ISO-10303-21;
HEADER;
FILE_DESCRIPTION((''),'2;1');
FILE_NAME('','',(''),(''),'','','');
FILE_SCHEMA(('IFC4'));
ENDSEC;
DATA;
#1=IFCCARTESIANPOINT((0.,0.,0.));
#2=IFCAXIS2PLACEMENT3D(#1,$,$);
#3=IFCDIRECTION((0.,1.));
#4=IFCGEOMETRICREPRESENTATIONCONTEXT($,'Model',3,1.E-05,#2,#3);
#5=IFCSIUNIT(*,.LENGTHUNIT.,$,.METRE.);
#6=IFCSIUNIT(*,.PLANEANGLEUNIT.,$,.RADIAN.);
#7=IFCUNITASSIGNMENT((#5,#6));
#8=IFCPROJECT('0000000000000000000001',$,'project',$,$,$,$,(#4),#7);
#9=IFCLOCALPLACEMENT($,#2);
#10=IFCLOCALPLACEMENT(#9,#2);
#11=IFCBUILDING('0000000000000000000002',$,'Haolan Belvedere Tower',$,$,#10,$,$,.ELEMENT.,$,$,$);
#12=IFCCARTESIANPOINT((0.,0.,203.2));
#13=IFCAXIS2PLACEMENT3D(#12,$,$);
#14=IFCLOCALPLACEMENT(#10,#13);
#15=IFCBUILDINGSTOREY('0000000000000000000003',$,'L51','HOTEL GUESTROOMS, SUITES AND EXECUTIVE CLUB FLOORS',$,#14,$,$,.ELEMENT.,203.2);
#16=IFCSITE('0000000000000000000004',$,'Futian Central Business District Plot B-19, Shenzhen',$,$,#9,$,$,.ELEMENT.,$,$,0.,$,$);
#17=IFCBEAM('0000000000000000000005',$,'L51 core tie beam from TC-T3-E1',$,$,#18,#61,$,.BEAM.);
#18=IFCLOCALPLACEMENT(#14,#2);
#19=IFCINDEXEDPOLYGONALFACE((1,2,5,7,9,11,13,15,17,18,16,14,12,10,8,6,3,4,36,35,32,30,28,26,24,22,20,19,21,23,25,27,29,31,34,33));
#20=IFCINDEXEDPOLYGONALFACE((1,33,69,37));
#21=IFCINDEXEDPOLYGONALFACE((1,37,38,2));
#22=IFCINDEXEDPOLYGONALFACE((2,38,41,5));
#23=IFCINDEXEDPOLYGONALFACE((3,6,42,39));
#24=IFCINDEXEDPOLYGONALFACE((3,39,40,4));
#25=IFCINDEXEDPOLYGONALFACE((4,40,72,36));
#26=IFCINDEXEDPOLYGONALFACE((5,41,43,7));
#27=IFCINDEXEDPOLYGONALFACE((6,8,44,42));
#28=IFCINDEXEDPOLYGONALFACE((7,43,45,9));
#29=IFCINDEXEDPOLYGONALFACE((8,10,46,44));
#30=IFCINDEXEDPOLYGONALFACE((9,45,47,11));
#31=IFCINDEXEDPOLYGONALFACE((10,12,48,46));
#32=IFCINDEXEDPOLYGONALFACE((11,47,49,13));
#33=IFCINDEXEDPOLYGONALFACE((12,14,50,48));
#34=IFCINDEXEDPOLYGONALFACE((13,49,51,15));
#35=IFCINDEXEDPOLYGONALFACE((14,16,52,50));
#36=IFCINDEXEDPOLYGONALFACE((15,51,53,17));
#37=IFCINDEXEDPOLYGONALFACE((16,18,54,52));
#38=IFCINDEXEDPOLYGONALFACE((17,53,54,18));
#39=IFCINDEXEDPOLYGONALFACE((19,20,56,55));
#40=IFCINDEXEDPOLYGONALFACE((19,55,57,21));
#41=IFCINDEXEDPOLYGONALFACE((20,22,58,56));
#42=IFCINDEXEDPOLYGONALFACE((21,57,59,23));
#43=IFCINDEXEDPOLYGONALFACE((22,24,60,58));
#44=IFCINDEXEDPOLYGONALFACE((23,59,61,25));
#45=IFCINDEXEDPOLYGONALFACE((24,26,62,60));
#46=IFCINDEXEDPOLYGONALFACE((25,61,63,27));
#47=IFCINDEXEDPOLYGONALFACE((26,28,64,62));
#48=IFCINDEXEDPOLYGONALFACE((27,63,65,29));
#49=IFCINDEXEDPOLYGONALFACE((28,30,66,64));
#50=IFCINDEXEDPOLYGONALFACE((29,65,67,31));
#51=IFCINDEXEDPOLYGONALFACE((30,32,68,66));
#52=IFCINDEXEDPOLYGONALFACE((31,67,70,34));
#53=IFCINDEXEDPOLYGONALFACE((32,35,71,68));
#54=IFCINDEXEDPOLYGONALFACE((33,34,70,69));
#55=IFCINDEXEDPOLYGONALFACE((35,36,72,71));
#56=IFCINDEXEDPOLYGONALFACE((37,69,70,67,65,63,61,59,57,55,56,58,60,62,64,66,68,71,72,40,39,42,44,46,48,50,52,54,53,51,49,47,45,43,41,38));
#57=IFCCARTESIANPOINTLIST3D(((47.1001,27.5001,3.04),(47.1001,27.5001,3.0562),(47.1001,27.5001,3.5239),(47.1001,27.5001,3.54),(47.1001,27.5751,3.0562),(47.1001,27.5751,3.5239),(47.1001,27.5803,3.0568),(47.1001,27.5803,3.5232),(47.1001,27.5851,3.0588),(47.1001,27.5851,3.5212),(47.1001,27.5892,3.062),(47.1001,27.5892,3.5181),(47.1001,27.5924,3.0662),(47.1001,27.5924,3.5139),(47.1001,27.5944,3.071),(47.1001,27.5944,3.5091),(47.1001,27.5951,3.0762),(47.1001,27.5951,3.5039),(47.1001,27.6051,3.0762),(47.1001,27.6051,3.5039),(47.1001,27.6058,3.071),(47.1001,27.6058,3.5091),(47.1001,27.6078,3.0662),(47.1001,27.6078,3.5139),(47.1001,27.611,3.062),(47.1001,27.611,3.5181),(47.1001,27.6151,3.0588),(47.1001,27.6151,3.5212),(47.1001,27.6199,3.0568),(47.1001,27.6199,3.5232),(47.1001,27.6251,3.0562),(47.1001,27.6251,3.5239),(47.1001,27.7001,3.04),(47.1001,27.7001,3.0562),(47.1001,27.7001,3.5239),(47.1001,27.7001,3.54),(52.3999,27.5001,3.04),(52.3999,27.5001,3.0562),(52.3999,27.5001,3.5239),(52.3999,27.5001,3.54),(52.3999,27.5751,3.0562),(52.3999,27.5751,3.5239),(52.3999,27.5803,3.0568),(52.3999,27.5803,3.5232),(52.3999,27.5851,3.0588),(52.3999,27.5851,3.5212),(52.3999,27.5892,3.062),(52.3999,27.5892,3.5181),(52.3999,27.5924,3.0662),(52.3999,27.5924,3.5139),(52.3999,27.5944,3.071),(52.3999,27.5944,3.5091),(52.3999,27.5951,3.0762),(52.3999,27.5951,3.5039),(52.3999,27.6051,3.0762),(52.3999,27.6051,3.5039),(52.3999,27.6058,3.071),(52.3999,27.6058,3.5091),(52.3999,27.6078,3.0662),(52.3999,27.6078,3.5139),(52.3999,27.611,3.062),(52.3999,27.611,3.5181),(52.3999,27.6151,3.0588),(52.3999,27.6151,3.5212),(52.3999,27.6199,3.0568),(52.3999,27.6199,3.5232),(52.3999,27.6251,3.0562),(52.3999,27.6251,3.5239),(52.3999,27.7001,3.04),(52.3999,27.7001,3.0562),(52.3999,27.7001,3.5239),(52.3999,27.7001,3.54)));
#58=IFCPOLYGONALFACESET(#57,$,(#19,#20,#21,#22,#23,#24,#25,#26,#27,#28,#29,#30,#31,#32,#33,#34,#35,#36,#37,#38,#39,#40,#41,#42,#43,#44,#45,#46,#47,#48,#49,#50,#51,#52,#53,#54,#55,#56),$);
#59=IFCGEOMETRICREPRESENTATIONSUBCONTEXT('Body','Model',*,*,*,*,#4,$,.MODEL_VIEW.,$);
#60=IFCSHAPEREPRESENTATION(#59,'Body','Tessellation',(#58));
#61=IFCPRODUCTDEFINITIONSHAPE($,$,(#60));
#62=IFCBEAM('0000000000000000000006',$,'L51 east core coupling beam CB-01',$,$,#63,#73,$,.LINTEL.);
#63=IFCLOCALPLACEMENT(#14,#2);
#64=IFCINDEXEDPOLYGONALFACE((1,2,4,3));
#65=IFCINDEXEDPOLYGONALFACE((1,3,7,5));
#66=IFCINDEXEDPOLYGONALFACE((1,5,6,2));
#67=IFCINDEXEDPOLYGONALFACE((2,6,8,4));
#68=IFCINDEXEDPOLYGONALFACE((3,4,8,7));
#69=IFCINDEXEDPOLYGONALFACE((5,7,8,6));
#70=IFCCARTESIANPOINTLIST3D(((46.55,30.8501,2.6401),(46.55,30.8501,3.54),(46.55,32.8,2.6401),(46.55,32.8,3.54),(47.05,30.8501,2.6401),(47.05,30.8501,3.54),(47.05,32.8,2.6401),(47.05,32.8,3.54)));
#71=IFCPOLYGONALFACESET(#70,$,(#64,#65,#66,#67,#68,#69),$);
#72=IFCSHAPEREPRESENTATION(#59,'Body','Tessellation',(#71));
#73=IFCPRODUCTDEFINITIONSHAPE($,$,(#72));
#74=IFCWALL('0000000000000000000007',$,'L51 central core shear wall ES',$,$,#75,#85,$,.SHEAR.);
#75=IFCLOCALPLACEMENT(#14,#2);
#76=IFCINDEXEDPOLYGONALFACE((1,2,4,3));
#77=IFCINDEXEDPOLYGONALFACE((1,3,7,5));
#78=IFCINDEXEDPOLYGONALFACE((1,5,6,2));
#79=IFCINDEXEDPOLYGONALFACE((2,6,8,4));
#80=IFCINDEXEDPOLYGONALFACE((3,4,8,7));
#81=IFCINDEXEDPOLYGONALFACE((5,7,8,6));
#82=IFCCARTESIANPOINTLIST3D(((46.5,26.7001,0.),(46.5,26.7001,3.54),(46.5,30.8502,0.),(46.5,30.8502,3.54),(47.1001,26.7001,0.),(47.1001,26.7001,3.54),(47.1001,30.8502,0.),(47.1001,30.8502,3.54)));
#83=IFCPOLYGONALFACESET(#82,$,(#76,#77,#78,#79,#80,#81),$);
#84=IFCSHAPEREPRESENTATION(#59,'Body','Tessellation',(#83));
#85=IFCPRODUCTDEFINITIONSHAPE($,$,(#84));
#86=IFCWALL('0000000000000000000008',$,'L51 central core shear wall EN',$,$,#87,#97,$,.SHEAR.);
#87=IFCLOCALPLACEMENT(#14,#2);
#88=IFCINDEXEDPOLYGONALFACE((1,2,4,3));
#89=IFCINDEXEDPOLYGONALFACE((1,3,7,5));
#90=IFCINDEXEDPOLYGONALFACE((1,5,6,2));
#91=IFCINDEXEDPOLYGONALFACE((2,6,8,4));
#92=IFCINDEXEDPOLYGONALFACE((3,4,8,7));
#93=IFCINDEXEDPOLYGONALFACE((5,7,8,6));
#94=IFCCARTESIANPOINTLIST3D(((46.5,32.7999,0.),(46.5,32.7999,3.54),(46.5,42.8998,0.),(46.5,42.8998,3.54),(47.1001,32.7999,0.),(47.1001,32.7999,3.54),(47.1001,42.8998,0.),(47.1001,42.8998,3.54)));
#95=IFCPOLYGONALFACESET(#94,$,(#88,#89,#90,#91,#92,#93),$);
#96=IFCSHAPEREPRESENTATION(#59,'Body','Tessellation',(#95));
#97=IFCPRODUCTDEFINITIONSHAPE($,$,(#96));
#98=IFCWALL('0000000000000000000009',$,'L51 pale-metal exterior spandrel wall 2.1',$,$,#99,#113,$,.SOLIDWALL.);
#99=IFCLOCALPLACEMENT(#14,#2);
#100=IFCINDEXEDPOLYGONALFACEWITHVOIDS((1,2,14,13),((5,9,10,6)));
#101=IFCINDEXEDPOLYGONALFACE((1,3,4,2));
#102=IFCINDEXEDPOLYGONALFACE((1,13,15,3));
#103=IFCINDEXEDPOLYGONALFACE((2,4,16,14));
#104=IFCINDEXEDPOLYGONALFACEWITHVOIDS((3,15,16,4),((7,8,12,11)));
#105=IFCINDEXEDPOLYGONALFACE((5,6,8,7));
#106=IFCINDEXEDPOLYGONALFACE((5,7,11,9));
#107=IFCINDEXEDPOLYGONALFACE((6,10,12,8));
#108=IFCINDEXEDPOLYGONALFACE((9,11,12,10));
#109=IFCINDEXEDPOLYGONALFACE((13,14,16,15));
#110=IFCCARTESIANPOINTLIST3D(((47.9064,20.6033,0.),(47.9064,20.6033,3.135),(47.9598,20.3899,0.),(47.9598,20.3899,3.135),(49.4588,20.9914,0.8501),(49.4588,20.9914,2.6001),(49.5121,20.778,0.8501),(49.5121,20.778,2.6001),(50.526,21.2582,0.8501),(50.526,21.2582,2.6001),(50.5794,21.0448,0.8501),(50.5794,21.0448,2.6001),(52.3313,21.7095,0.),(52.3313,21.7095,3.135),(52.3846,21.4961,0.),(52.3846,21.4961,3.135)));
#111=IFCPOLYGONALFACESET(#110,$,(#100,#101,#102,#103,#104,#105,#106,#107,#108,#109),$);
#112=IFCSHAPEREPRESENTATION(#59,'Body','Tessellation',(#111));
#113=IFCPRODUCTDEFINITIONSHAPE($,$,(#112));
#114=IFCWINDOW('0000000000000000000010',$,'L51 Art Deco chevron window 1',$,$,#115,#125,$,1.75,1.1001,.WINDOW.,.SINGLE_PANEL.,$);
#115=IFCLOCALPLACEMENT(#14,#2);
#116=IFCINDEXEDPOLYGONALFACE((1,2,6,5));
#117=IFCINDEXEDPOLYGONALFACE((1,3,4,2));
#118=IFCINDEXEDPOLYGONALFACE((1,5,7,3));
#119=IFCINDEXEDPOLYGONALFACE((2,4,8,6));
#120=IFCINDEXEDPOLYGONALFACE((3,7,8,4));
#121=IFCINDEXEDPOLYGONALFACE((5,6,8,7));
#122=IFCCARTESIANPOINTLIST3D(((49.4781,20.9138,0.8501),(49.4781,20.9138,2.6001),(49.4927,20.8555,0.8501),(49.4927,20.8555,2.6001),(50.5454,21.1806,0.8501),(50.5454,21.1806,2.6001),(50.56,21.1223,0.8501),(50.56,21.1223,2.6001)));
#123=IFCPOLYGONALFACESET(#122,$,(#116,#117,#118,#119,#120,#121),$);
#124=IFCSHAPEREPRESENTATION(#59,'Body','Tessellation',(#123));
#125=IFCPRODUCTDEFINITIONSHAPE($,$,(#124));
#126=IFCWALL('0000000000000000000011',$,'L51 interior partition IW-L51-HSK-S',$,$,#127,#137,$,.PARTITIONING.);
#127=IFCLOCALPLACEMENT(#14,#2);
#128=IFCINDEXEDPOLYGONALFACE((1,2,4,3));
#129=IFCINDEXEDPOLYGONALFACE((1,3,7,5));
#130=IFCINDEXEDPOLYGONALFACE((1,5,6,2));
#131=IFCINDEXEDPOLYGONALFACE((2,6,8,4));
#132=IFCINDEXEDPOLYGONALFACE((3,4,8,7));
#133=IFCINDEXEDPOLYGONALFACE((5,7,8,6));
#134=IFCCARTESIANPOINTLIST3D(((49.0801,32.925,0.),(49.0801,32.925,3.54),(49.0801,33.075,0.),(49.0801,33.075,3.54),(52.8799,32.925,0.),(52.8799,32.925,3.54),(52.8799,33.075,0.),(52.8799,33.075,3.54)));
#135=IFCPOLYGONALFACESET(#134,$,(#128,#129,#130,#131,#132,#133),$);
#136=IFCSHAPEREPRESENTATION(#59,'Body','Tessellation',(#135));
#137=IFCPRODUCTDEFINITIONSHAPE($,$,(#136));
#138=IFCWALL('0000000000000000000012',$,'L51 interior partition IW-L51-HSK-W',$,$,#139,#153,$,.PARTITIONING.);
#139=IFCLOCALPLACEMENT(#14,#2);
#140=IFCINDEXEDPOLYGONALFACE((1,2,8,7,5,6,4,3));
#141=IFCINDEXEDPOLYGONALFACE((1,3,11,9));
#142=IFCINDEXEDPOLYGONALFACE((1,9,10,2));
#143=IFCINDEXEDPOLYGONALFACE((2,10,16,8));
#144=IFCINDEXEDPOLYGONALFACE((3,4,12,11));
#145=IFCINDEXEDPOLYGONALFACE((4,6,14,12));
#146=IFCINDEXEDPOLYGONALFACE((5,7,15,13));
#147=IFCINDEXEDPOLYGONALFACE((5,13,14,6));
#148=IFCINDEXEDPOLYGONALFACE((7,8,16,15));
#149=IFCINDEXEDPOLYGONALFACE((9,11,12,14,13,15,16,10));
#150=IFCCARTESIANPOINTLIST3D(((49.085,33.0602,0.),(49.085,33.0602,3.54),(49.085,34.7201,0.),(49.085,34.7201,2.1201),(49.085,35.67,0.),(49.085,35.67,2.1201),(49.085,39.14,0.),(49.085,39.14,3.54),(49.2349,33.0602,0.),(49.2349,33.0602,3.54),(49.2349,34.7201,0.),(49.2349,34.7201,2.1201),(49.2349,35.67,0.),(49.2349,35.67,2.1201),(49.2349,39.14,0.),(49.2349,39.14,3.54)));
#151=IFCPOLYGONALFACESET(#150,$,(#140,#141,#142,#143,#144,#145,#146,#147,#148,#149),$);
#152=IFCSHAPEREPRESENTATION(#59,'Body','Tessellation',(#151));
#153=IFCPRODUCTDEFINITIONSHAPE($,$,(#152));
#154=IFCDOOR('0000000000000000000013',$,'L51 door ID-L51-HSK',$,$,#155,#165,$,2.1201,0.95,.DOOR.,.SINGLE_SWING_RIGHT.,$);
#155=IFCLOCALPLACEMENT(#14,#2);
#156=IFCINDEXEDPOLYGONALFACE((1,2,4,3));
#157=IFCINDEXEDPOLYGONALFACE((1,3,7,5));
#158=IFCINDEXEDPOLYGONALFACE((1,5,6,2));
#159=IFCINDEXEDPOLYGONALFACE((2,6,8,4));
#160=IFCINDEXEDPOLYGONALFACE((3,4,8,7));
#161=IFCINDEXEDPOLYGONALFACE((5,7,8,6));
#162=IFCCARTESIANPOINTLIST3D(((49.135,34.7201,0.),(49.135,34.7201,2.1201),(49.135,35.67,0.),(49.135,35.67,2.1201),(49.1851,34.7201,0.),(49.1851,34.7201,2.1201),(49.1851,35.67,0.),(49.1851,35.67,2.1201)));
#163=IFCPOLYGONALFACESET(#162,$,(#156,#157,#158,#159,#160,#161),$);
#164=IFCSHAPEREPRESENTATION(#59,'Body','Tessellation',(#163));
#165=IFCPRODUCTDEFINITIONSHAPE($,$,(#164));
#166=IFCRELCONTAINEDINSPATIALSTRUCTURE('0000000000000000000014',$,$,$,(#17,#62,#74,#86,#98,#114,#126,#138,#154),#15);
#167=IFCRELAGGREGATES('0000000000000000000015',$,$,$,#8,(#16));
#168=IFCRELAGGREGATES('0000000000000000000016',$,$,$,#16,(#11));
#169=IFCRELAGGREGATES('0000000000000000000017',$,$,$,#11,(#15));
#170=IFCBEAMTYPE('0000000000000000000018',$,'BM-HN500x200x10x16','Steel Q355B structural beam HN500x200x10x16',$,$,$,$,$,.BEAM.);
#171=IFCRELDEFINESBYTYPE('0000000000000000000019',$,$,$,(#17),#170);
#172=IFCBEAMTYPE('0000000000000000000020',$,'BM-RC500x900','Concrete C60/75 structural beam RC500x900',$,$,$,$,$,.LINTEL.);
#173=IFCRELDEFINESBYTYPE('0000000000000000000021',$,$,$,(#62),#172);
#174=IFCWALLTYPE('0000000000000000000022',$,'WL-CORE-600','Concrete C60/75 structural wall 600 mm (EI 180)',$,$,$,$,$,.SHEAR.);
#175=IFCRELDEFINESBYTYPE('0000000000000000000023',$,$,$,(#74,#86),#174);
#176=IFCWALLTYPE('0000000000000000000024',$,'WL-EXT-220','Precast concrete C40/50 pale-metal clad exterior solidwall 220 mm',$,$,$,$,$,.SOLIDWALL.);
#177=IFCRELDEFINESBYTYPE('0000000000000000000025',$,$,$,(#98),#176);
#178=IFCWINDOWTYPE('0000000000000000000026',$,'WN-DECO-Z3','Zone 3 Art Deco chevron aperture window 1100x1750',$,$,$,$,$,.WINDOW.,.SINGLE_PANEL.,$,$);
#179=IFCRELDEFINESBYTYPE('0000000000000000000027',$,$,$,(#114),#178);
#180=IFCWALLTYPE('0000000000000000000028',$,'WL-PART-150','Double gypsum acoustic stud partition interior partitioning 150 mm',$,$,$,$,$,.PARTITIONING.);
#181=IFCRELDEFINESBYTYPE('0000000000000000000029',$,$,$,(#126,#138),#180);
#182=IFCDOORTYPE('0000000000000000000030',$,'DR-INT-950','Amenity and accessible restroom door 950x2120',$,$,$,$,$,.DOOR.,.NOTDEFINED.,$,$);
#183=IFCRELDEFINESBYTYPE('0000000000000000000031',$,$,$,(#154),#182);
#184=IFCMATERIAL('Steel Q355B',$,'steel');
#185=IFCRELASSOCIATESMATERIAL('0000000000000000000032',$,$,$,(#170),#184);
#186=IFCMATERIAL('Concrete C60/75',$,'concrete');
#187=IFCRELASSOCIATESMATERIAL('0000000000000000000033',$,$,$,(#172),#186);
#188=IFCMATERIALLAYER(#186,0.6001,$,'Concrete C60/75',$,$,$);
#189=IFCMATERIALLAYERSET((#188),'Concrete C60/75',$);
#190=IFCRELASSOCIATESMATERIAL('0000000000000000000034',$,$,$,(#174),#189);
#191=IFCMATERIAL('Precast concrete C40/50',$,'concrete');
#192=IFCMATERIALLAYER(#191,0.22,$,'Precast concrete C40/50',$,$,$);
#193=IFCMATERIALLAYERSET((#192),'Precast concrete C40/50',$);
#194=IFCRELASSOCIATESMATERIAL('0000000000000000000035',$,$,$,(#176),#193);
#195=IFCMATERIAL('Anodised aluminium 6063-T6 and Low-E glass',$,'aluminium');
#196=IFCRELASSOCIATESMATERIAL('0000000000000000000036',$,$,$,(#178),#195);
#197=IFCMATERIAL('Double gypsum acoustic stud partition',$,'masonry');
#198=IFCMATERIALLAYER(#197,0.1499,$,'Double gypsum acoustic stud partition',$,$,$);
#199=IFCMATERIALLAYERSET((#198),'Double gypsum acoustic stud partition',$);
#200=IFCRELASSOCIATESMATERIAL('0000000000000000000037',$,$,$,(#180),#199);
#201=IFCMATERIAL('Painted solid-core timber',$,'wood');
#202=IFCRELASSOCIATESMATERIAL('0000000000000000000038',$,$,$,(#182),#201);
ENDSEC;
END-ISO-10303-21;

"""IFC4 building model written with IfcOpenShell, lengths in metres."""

from ifc_helpers import new_model, si_unit, direction, frame, frame_2d, origin, origin_2d, place, context, subcontext, project, spatial, rectangle, i_section, extrude, material, layer, layer_set, material_profile, profile_set, type_object, element, fill, save


model = new_model("IFC4")

# Units and contexts
model_context = context("Model", 3, precision=1e-05, world=origin(), true_north=direction((0.0, 1.0)))
body_context = subcontext(model_context, "Body", "Model", "MODEL_VIEW")
ifc_project = project(units=[si_unit("LENGTHUNIT", "METRE"), si_unit("PLANEANGLEUNIT", "RADIAN")], contexts=[model_context])

# Site, building, storey
site_placement = place(None, origin())
site = spatial("IfcSite", under=ifc_project, at=site_placement, Name="Futian Central Business District Plot B-19, Shenzhen", CompositionType="ELEMENT", RefElevation=0.0)
building_placement = place(site_placement, origin())
building = spatial("IfcBuilding", under=site, at=building_placement, Name="Haolan Belvedere Tower", CompositionType="ELEMENT")
storey_placement = place(building_placement, frame((0.0, 0.0, 203.2)))
storey = spatial("IfcBuildingStorey", under=building, at=storey_placement, Name="L51", Description="HOTEL GUESTROOMS, SUITES AND EXECUTIVE CLUB FLOORS", CompositionType="ELEMENT", Elevation=203.2)

# Beams
ifc_material_1 = material(Name="Steel Q355B", Category="steel")
ifc_material_profile_1 = material_profile(ifc_material_1, i_section(OverallWidth=0.2, OverallDepth=0.5, WebThickness=0.01, FlangeThickness=0.0161, FilletRadius=0.02, at=origin_2d()), Name="Steel Q355B")
ifc_profile_set_1 = profile_set([ifc_material_profile_1], Name="Steel Q355B")
beam_type_1 = type_object("IfcBeamType", Name="BM-HN500x200x10x16", Description="Steel Q355B structural beam HN500x200x10x16", PredefinedType="BEAM", material=ifc_profile_set_1)
beam_1_placement = place(storey_placement, frame((52.3999, 27.6001, 3.29), z_axis=(-1.0, 0.0, 0.0), x_axis=(0.0, -1.0, 0.0)))
element("IfcBeam", 1, at=beam_1_placement, inside=storey, type_object=beam_type_1, Name="L51 core tie beam from TC-T3-E1", PredefinedType="BEAM", context=body_context, shape_type="SweptSolid", body=[
    extrude(i_section(OverallWidth=0.2, OverallDepth=0.5, WebThickness=0.01, FlangeThickness=0.0161, FilletRadius=0.02, at=origin_2d()), origin(), (0.0, 0.0, 1.0), 5.2998),
])
ifc_material_2 = material(Name="Concrete C60/75", Category="concrete")
ifc_material_profile_2 = material_profile(ifc_material_2, rectangle(XDim=0.5, YDim=0.8999, at=origin_2d()), Name="Concrete C60/75")
ifc_profile_set_2 = profile_set([ifc_material_profile_2], Name="Concrete C60/75")
beam_type_2 = type_object("IfcBeamType", Name="BM-RC500x900", Description="Concrete C60/75 structural beam RC500x900", PredefinedType="LINTEL", material=ifc_profile_set_2)
beam_2_placement = place(storey_placement, frame((46.8, 30.8501, 3.0901), z_axis=(0.0, 1.0, 0.0), x_axis=(-1.0, 0.0, 0.0)))
element("IfcBeam", 2, at=beam_2_placement, inside=storey, type_object=beam_type_2, Name="L51 east core coupling beam CB-01", PredefinedType="LINTEL", context=body_context, shape_type="SweptSolid", body=[
    extrude(rectangle(XDim=0.5, YDim=0.8999, at=origin_2d()), origin(), (0.0, 0.0, 1.0), 1.95),
])

# Walls
ifc_layer_1 = layer(ifc_material_2, 0.6001, Name="Concrete C60/75")
ifc_layer_set_1 = layer_set([ifc_layer_1], Name="Concrete C60/75")
wall_type_1 = type_object("IfcWallType", Name="WL-CORE-600", Description="Concrete C60/75 structural wall 600 mm (EI 180)", PredefinedType="SHEAR", material=ifc_layer_set_1)
wall_1_placement = place(storey_placement, frame((46.8, 26.7, 0.0), z_axis=(0.0, 0.0, 1.0), x_axis=(0.0, 1.0, 0.0)))
element("IfcWall", 3, at=wall_1_placement, inside=storey, type_object=wall_type_1, Name="L51 central core shear wall ES", PredefinedType="SHEAR", context=body_context, shape_type="SweptSolid", body=[
    extrude(rectangle(XDim=4.1501, YDim=0.6001, at=frame_2d((2.0752, 0.0))), origin(), (0.0, 0.0, 1.0), 3.54),
])
wall_2_placement = place(storey_placement, frame((46.8, 32.8, 0.0), z_axis=(0.0, 0.0, 1.0), x_axis=(0.0, 1.0, 0.0)))
element("IfcWall", 4, at=wall_2_placement, inside=storey, type_object=wall_type_1, Name="L51 central core shear wall EN", PredefinedType="SHEAR", context=body_context, shape_type="SweptSolid", body=[
    extrude(rectangle(XDim=10.0999, YDim=0.6001, at=frame_2d((5.0498, 0.0))), origin(), (0.0, 0.0, 1.0), 3.54),
])

# Wall, opening, window
ifc_material_3 = material(Name="Precast concrete C40/50", Category="concrete")
ifc_layer_2 = layer(ifc_material_3, 0.22, Name="Precast concrete C40/50")
ifc_layer_set_2 = layer_set([ifc_layer_2], Name="Precast concrete C40/50")
wall_type_2 = type_object("IfcWallType", Name="WL-EXT-220", Description="Precast concrete C40/50 pale-metal clad exterior solidwall 220 mm", PredefinedType="SOLIDWALL", material=ifc_layer_set_2)
wall_3_placement = place(storey_placement, frame((47.9331, 20.4966, 0.0), z_axis=(0.0, 0.0, 1.0), x_axis=(0.970143, 0.242536, 0.0)))
wall_3 = element("IfcWall", 5, at=wall_3_placement, inside=storey, type_object=wall_type_2, Name="L51 pale-metal exterior spandrel wall 2.1", PredefinedType="SOLIDWALL", context=body_context, shape_type="SweptSolid", body=[
    extrude(rectangle(XDim=4.561, YDim=0.22, at=frame_2d((2.2805, 0.0))), origin(), (0.0, 0.0, 1.0), 3.135),
])
opening_1_placement = place(wall_3_placement, frame((1.6001, 0.0, 0.8501)))
opening_1 = element("IfcOpeningElement", 6, at=opening_1_placement, cuts=wall_3, PredefinedType="OPENING", context=body_context, shape_type="SweptSolid", body=[
    extrude(rectangle(XDim=1.1001, YDim=1.75, at=frame_2d((0.55, 0.875))), frame((0.0, 0.1199, 0.0), z_axis=(0.0, -1.0, 0.0), x_axis=(1.0, 0.0, 0.0)), (0.0, 0.0, 1.0), 0.24),
])
ifc_material_4 = material(Name="Anodised aluminium 6063-T6 and Low-E glass", Category="aluminium")
window_type = type_object("IfcWindowType", Name="WN-DECO-Z3", Description="Zone 3 Art Deco chevron aperture window 1100x1750", PartitioningType="SINGLE_PANEL", PredefinedType="WINDOW", material=ifc_material_4)
window_placement = place(opening_1_placement, origin())
window = element("IfcWindow", 7, at=window_placement, inside=storey, type_object=window_type, Name="L51 Art Deco chevron window 1", OverallHeight=1.75, OverallWidth=1.1001, PartitioningType="SINGLE_PANEL", PredefinedType="WINDOW", context=body_context, shape_type="SweptSolid", body=[
    extrude(rectangle(XDim=1.1001, YDim=1.75, at=frame_2d((0.55, 0.875))), frame((0.0, 0.03, 0.0), z_axis=(0.0, -1.0, 0.0), x_axis=(1.0, 0.0, 0.0)), (0.0, 0.0, 1.0), 0.0601),
])
fill(opening_1, window)

# Wall
ifc_material_5 = material(Name="Double gypsum acoustic stud partition", Category="masonry")
ifc_layer_3 = layer(ifc_material_5, 0.1499, Name="Double gypsum acoustic stud partition")
ifc_layer_set_3 = layer_set([ifc_layer_3], Name="Double gypsum acoustic stud partition")
wall_type_3 = type_object("IfcWallType", Name="WL-PART-150", Description="Double gypsum acoustic stud partition interior partitioning 150 mm", PredefinedType="PARTITIONING", material=ifc_layer_set_3)
wall_4_placement = place(storey_placement, frame((49.0801, 33.0, 0.0), z_axis=(0.0, 0.0, 1.0), x_axis=(1.0, 0.0, 0.0)))
element("IfcWall", 8, at=wall_4_placement, inside=storey, type_object=wall_type_3, Name="L51 interior partition IW-L51-HSK-S", PredefinedType="PARTITIONING", context=body_context, shape_type="SweptSolid", body=[
    extrude(rectangle(XDim=3.7998, YDim=0.1499, at=frame_2d((1.8999, 0.0))), origin(), (0.0, 0.0, 1.0), 3.54),
])

# Wall, opening, door
wall_5_placement = place(storey_placement, frame((49.1599, 33.0601, 0.0), z_axis=(0.0, 0.0, 1.0), x_axis=(0.0, 1.0, 0.0)))
wall_5 = element("IfcWall", 9, at=wall_5_placement, inside=storey, type_object=wall_type_3, Name="L51 interior partition IW-L51-HSK-W", PredefinedType="PARTITIONING", context=body_context, shape_type="SweptSolid", body=[
    extrude(rectangle(XDim=6.0798, YDim=0.1499, at=frame_2d((3.04, 0.0))), origin(), (0.0, 0.0, 1.0), 3.54),
])
opening_2_placement = place(wall_5_placement, frame((1.6599, 0.0, 0.0)))
opening_2 = element("IfcOpeningElement", 10, at=opening_2_placement, cuts=wall_5, PredefinedType="OPENING", context=body_context, shape_type="SweptSolid", body=[
    extrude(rectangle(XDim=0.95, YDim=2.1201, at=frame_2d((0.4751, 1.0601))), frame((0.0, 0.085, 0.0), z_axis=(0.0, -1.0, 0.0), x_axis=(1.0, 0.0, 0.0)), (0.0, 0.0, 1.0), 0.1699),
])
ifc_material_6 = material(Name="Painted solid-core timber", Category="wood")
door_type_1 = type_object("IfcDoorType", Name="DR-INT-950", Description="Amenity and accessible restroom door 950x2120", OperationType="NOTDEFINED", PredefinedType="DOOR", material=ifc_material_6)
door_1_placement = place(opening_2_placement, origin())
door_1 = element("IfcDoor", 11, at=door_1_placement, inside=storey, type_object=door_type_1, Name="L51 door ID-L51-HSK", OperationType="SINGLE_SWING_RIGHT", OverallHeight=2.1201, OverallWidth=0.95, PredefinedType="DOOR", context=body_context, shape_type="SweptSolid", body=[
    extrude(rectangle(XDim=0.95, YDim=2.1201, at=frame_2d((0.4751, 1.0601))), frame((0.0, 0.0249, 0.0), z_axis=(0.0, -1.0, 0.0), x_axis=(1.0, 0.0, 0.0)), (0.0, 0.0, 1.0), 0.05),
])
fill(opening_2, door_1)

save(model, "model.ifc")
